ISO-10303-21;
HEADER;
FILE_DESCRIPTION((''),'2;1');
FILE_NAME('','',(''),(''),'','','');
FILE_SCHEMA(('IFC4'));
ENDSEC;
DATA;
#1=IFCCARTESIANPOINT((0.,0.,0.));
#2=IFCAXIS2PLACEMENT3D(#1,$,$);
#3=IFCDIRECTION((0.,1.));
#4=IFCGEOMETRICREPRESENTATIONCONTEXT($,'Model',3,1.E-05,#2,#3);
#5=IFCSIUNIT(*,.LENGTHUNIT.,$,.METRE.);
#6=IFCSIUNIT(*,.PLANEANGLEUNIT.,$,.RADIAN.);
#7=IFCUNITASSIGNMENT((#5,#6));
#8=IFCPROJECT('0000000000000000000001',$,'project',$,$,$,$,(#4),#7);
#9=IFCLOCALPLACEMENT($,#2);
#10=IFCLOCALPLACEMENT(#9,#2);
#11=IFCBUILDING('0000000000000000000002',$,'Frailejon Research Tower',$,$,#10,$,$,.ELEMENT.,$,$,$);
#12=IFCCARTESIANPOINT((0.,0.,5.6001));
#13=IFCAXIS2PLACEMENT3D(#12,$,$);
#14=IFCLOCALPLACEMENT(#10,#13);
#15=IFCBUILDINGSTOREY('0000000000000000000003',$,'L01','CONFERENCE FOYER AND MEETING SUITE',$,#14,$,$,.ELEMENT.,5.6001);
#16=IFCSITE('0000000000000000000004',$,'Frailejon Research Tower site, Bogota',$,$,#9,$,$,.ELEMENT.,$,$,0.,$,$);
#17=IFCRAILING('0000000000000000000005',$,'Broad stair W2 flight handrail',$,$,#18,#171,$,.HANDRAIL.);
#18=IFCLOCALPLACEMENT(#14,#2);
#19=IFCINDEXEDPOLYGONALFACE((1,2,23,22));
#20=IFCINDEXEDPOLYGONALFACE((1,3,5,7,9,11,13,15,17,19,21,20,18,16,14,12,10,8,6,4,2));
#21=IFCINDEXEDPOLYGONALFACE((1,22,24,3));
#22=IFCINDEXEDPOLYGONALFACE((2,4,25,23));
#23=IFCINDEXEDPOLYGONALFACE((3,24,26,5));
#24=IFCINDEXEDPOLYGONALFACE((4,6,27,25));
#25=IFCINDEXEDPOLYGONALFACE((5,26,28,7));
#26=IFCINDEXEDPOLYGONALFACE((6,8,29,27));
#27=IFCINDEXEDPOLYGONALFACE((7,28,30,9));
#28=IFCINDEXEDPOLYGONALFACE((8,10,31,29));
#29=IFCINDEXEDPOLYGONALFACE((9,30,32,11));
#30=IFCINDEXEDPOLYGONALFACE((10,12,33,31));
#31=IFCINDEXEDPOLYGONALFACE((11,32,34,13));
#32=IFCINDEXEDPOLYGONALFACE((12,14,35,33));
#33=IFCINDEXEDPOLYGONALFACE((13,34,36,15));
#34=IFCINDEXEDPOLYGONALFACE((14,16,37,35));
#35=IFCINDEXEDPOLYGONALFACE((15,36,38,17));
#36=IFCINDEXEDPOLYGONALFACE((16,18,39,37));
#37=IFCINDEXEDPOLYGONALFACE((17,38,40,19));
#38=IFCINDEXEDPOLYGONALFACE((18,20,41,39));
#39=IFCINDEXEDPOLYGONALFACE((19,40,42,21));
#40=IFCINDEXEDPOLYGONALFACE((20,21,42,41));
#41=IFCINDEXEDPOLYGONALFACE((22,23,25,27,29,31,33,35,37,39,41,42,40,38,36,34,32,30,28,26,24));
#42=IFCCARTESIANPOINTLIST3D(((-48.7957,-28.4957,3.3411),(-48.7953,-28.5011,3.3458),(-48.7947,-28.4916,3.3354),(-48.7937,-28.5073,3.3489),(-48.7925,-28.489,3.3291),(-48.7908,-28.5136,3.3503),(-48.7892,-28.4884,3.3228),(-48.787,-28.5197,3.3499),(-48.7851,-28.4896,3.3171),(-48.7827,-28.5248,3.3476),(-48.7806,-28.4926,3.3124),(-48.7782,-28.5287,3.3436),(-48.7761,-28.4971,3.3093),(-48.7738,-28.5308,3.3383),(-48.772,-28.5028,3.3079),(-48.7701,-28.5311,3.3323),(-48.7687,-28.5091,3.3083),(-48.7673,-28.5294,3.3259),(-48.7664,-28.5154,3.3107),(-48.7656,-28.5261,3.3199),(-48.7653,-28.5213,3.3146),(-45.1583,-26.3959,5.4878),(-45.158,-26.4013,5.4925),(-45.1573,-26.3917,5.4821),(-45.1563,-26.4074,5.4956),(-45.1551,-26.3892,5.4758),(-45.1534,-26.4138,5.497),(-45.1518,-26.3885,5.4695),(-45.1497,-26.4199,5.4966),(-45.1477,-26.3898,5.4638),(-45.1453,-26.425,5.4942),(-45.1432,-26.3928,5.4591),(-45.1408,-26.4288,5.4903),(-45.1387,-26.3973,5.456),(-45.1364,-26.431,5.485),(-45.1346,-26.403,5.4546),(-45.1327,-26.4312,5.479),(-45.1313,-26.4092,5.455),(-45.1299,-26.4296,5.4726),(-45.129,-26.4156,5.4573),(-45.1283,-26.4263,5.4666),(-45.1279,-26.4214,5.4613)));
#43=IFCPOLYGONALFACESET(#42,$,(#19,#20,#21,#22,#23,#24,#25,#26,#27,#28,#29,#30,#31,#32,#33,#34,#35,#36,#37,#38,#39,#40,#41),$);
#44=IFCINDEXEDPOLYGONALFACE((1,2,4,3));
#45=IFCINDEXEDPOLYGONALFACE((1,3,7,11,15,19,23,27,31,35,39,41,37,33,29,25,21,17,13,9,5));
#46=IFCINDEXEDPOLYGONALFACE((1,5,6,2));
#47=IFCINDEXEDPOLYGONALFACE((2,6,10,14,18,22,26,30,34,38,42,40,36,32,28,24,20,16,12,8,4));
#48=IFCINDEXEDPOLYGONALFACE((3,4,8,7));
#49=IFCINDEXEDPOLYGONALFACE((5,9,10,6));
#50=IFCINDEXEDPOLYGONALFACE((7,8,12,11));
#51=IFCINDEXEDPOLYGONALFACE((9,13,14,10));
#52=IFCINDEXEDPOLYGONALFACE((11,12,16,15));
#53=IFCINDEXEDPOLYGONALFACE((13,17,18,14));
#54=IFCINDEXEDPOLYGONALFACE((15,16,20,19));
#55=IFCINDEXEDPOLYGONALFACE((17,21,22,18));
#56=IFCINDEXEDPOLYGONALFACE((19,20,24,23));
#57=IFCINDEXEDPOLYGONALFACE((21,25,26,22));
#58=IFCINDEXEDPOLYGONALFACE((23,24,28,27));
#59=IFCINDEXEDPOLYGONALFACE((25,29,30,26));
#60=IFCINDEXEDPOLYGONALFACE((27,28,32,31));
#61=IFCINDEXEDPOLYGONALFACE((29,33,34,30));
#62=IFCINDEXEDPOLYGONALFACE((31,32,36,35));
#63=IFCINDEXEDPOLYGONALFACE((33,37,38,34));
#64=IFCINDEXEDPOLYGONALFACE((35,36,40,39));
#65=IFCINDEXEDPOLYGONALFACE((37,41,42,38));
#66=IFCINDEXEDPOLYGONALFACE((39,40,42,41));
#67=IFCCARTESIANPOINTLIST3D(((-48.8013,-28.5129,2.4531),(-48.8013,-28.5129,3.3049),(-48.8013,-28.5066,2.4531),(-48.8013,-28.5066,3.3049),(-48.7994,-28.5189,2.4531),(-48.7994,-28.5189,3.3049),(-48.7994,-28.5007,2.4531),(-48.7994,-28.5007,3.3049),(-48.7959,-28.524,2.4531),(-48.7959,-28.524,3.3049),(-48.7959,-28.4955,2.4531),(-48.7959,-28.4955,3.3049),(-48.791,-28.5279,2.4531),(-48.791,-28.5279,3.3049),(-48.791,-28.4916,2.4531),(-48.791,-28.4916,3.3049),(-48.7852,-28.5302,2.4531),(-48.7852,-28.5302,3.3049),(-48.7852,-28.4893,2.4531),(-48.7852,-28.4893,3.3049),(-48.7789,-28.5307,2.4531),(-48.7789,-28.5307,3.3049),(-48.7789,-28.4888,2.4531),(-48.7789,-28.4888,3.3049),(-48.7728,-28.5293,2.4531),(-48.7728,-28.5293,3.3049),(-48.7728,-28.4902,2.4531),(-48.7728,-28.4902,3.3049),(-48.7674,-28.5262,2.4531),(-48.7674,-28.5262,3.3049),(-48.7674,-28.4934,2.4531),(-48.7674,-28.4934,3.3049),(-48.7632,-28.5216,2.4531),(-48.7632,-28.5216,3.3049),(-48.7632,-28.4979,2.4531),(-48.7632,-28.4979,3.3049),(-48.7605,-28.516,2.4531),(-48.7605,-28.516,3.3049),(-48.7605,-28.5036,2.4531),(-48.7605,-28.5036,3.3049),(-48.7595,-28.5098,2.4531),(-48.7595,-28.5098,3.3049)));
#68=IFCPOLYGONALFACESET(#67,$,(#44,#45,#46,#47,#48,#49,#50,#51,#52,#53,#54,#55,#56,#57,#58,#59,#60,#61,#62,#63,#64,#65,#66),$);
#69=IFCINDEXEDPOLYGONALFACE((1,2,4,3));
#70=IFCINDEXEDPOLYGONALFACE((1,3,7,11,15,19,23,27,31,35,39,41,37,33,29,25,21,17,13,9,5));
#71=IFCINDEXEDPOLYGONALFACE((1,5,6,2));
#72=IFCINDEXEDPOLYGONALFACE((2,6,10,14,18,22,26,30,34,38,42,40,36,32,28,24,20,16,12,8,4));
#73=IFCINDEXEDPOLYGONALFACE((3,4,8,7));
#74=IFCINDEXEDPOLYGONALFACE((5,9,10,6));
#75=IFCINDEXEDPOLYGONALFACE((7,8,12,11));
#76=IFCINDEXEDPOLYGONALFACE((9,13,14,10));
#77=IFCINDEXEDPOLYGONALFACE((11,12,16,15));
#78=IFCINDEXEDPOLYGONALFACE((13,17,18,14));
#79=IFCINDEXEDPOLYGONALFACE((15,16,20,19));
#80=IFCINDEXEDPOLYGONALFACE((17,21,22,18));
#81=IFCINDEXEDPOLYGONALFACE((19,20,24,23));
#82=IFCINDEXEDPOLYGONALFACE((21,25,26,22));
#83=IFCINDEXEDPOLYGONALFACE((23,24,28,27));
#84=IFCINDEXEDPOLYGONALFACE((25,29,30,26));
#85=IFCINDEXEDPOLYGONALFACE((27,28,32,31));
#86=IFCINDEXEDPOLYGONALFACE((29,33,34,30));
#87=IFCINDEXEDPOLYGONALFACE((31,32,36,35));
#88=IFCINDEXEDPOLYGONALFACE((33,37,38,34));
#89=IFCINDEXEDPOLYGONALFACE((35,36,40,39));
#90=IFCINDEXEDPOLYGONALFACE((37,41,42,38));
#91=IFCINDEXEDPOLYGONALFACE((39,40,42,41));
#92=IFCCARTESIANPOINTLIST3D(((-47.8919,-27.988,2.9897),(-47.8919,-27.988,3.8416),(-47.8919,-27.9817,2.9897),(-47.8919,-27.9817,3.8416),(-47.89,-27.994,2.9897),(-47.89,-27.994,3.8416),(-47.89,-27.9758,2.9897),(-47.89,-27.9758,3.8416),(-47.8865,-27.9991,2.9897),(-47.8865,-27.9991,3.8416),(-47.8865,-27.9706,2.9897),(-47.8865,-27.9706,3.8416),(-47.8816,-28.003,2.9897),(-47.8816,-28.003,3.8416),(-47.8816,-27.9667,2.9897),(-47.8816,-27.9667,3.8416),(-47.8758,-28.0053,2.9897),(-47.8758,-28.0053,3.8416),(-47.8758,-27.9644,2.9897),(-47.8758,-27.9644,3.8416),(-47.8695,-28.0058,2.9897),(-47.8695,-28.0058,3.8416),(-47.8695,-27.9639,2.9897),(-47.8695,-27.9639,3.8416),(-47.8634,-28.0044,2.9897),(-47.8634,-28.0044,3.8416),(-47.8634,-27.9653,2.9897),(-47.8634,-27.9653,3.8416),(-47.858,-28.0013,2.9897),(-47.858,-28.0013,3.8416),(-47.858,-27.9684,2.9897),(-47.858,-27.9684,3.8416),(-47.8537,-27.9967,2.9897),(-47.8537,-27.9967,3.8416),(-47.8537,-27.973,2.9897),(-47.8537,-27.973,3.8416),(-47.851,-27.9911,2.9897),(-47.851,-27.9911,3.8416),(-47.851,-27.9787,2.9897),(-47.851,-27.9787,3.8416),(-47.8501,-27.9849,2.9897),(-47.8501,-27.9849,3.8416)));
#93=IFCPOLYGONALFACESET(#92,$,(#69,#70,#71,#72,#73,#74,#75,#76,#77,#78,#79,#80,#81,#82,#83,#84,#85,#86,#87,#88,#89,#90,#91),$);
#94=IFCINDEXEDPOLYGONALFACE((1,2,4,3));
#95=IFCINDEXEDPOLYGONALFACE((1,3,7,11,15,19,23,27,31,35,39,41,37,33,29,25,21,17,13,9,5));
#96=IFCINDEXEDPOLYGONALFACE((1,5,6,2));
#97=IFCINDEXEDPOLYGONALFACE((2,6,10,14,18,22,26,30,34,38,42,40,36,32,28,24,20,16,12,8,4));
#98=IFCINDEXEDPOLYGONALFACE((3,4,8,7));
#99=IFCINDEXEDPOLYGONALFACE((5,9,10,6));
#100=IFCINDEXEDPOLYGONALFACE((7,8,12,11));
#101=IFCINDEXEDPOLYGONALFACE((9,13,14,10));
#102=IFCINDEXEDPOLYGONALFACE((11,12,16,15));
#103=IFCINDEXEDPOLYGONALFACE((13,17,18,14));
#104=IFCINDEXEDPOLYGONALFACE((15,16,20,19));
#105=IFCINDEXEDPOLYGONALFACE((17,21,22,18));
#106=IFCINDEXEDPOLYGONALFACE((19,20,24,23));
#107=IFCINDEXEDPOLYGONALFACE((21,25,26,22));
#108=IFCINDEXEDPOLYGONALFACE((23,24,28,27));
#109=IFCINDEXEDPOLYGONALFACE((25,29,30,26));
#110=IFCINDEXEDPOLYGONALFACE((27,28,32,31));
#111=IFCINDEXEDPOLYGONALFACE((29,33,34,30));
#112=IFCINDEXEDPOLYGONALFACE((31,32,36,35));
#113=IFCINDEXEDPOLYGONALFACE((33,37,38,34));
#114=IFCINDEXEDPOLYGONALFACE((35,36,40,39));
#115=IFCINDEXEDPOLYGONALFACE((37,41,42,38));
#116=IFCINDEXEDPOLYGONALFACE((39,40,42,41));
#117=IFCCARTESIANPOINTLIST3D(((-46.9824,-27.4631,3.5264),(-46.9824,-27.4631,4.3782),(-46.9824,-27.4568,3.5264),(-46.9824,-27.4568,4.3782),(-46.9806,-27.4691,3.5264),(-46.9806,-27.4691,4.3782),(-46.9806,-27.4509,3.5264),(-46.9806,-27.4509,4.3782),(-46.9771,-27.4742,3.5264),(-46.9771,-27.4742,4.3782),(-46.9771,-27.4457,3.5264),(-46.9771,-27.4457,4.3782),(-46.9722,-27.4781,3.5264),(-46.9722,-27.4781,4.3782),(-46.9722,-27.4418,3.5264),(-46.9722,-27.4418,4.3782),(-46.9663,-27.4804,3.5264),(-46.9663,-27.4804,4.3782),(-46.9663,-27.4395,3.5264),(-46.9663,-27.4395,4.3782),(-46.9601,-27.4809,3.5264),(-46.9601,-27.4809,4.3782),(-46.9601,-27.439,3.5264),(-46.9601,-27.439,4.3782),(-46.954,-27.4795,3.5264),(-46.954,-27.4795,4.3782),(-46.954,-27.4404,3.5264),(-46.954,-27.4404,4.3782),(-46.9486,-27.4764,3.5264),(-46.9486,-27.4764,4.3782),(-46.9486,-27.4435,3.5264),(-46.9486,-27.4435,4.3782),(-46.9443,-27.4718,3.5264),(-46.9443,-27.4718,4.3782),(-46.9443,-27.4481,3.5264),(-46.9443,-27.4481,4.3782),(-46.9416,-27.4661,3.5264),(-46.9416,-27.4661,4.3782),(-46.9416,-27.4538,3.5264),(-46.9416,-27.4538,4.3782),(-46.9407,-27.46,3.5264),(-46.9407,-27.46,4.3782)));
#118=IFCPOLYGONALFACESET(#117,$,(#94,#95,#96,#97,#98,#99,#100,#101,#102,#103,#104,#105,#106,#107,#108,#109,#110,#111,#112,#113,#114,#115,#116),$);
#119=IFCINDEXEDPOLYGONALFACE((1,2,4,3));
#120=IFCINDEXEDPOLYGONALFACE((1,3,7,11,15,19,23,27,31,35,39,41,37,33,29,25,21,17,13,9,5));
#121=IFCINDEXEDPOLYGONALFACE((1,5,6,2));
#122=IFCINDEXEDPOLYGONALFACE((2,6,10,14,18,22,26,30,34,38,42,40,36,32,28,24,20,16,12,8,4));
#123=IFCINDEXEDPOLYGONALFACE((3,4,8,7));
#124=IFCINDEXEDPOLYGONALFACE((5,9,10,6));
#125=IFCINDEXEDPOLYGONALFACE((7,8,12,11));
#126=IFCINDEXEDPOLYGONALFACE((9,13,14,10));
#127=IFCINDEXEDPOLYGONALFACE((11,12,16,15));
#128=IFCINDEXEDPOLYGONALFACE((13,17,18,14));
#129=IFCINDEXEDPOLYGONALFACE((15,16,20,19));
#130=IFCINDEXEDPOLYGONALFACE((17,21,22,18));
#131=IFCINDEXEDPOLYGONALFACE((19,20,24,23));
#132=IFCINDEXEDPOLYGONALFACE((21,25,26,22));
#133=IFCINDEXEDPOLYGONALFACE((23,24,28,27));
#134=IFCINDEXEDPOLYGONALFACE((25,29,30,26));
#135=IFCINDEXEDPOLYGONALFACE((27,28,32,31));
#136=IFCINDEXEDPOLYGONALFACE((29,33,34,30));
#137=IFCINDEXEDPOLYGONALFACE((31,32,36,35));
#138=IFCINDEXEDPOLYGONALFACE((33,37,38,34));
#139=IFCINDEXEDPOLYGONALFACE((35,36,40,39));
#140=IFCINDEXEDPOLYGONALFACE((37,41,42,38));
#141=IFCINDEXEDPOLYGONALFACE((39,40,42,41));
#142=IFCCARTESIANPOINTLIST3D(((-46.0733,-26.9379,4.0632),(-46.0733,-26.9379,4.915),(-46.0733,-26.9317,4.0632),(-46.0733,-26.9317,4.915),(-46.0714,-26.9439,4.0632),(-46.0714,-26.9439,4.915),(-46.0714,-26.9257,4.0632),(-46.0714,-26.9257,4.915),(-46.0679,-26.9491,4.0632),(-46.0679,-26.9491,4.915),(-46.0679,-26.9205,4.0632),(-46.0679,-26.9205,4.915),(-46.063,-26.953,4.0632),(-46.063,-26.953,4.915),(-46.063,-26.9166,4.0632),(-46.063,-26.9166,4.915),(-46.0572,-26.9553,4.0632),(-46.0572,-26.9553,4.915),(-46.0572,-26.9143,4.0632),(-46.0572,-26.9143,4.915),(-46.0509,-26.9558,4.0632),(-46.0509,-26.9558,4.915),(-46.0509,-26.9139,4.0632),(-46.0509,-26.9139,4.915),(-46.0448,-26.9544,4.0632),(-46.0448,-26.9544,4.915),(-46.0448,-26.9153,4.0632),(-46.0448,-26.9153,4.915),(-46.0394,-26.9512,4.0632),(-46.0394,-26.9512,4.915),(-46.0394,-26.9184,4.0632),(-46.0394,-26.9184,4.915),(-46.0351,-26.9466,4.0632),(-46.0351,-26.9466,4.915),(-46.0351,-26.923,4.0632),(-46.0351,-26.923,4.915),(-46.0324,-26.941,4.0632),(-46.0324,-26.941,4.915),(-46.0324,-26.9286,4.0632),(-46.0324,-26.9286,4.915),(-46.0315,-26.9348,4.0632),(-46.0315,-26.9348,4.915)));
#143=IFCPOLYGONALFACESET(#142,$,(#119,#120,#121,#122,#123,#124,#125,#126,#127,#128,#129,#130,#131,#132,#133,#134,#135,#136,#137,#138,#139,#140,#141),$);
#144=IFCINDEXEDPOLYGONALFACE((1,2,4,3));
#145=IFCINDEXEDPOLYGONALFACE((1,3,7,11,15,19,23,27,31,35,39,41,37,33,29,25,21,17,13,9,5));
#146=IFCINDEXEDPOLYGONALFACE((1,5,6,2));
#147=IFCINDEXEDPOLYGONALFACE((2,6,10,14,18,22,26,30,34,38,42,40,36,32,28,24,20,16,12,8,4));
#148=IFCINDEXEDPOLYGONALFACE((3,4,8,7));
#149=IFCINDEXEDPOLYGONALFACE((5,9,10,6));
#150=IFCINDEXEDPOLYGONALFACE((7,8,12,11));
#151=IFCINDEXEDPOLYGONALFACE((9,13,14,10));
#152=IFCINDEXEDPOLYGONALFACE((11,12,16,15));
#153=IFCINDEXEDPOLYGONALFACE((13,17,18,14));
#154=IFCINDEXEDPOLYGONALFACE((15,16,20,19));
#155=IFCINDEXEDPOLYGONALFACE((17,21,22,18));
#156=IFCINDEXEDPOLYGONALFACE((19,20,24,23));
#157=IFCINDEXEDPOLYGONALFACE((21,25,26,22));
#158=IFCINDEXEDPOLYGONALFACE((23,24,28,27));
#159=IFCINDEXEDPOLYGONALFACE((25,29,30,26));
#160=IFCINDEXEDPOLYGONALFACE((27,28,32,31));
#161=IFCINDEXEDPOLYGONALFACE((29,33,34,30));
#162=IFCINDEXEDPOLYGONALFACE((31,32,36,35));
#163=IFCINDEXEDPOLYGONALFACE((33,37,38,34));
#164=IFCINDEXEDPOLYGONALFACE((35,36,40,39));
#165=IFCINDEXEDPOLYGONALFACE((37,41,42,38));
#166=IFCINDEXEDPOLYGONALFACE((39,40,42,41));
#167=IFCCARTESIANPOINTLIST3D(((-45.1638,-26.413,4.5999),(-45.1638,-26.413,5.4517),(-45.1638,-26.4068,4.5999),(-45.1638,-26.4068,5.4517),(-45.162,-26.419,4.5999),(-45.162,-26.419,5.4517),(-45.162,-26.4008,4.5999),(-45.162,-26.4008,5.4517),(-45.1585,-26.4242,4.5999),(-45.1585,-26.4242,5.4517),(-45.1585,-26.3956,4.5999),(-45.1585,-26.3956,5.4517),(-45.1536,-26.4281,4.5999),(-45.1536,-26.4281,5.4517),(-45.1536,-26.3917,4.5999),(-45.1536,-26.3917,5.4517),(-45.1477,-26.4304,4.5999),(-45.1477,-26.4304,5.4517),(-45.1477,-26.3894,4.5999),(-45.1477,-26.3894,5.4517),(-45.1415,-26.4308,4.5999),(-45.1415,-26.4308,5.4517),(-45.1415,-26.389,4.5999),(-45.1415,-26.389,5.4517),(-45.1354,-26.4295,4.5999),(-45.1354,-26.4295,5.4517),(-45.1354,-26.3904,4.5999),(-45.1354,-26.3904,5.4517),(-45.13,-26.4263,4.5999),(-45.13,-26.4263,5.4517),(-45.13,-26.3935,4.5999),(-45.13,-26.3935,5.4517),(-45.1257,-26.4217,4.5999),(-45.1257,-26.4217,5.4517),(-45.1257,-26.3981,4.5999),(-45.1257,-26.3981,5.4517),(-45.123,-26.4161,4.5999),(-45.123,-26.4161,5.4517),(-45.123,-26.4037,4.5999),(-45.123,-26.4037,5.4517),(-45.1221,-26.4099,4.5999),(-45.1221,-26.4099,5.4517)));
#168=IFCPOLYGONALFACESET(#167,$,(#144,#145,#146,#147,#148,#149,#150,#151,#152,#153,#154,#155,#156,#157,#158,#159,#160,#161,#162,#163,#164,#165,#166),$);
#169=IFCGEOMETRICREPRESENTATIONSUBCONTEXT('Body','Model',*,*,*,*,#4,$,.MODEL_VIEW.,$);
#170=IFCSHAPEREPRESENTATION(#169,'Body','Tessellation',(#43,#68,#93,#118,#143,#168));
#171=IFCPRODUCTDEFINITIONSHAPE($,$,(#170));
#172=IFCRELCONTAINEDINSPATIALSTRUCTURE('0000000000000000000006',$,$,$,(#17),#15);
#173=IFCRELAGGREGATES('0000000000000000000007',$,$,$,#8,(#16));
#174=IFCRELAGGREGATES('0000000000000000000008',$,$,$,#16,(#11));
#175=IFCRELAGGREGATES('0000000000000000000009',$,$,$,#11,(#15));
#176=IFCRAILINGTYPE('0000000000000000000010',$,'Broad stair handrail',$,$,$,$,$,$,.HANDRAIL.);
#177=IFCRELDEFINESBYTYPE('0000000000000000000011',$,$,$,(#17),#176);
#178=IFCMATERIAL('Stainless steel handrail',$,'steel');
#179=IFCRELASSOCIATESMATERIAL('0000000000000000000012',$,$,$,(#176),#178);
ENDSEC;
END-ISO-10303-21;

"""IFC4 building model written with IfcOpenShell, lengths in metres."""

from ifc_helpers import new_model, si_unit, direction, frame, origin, origin_2d, place, context, subcontext, project, spatial, circle, extrude, material, type_object, element, save


model = new_model("IFC4")

# Units and contexts
model_context = context("Model", 3, precision=1e-05, world=origin(), true_north=direction((0.0, 1.0)))
body_context = subcontext(model_context, "Body", "Model", "MODEL_VIEW")
ifc_project = project(units=[si_unit("LENGTHUNIT", "METRE"), si_unit("PLANEANGLEUNIT", "RADIAN")], contexts=[model_context])

# Site, building, storey
site_placement = place(None, origin())
site = spatial("IfcSite", under=ifc_project, at=site_placement, Name="Frailejon Research Tower site, Bogota", CompositionType="ELEMENT", RefElevation=0.0)
building_placement = place(site_placement, origin())
building = spatial("IfcBuilding", under=site, at=building_placement, Name="Frailejon Research Tower", CompositionType="ELEMENT")
storey_placement = place(building_placement, frame((0.0, 0.0, 5.6001)))
storey = spatial("IfcBuildingStorey", under=building, at=storey_placement, Name="L01", Description="CONFERENCE FOYER AND MEETING SUITE", CompositionType="ELEMENT", Elevation=5.6001)

# Railing
ifc_material_1 = material(Name="Stainless steel handrail", Category="steel")
railing_type_1 = type_object("IfcRailingType", Name="Broad stair handrail", PredefinedType="HANDRAIL", material=ifc_material_1)
railing_1_placement = place(storey_placement, frame((-48.7805, -28.5098, 2.4531)))
element("IfcRailing", 1, at=railing_1_placement, inside=storey, type_object=railing_type_1, Name="Broad stair W2 flight handrail", PredefinedType="HANDRAIL", context=body_context, shape_type="SweptSolid", body=[
    extrude(circle(Radius=0.0239, at=origin_2d()), frame((0.0, 0.0, 0.876), z_axis=(0.771158, 0.445179, 0.455117), x_axis=(-0.499959, 0.866049, 0.0)), (0.0, 0.0, 1.0), 4.7168),
    extrude(circle(Radius=0.021, at=origin_2d()), origin(), (0.0, 0.0, 1.0), 0.8518),
    extrude(circle(Radius=0.021, at=origin_2d()), frame((0.9094, 0.5249, 0.5366)), (0.0, 0.0, 1.0), 0.8518),
    extrude(circle(Radius=0.021, at=origin_2d()), frame((1.8188, 1.0498, 1.0732)), (0.0, 0.0, 1.0), 0.8518),
    extrude(circle(Radius=0.021, at=origin_2d()), frame((2.728, 1.575, 1.6101)), (0.0, 0.0, 1.0), 0.8518),
    extrude(circle(Radius=0.021, at=origin_2d()), frame((3.6375, 2.0999, 2.1467)), (0.0, 0.0, 1.0), 0.8518),
])

save(model, "model.ifc")
